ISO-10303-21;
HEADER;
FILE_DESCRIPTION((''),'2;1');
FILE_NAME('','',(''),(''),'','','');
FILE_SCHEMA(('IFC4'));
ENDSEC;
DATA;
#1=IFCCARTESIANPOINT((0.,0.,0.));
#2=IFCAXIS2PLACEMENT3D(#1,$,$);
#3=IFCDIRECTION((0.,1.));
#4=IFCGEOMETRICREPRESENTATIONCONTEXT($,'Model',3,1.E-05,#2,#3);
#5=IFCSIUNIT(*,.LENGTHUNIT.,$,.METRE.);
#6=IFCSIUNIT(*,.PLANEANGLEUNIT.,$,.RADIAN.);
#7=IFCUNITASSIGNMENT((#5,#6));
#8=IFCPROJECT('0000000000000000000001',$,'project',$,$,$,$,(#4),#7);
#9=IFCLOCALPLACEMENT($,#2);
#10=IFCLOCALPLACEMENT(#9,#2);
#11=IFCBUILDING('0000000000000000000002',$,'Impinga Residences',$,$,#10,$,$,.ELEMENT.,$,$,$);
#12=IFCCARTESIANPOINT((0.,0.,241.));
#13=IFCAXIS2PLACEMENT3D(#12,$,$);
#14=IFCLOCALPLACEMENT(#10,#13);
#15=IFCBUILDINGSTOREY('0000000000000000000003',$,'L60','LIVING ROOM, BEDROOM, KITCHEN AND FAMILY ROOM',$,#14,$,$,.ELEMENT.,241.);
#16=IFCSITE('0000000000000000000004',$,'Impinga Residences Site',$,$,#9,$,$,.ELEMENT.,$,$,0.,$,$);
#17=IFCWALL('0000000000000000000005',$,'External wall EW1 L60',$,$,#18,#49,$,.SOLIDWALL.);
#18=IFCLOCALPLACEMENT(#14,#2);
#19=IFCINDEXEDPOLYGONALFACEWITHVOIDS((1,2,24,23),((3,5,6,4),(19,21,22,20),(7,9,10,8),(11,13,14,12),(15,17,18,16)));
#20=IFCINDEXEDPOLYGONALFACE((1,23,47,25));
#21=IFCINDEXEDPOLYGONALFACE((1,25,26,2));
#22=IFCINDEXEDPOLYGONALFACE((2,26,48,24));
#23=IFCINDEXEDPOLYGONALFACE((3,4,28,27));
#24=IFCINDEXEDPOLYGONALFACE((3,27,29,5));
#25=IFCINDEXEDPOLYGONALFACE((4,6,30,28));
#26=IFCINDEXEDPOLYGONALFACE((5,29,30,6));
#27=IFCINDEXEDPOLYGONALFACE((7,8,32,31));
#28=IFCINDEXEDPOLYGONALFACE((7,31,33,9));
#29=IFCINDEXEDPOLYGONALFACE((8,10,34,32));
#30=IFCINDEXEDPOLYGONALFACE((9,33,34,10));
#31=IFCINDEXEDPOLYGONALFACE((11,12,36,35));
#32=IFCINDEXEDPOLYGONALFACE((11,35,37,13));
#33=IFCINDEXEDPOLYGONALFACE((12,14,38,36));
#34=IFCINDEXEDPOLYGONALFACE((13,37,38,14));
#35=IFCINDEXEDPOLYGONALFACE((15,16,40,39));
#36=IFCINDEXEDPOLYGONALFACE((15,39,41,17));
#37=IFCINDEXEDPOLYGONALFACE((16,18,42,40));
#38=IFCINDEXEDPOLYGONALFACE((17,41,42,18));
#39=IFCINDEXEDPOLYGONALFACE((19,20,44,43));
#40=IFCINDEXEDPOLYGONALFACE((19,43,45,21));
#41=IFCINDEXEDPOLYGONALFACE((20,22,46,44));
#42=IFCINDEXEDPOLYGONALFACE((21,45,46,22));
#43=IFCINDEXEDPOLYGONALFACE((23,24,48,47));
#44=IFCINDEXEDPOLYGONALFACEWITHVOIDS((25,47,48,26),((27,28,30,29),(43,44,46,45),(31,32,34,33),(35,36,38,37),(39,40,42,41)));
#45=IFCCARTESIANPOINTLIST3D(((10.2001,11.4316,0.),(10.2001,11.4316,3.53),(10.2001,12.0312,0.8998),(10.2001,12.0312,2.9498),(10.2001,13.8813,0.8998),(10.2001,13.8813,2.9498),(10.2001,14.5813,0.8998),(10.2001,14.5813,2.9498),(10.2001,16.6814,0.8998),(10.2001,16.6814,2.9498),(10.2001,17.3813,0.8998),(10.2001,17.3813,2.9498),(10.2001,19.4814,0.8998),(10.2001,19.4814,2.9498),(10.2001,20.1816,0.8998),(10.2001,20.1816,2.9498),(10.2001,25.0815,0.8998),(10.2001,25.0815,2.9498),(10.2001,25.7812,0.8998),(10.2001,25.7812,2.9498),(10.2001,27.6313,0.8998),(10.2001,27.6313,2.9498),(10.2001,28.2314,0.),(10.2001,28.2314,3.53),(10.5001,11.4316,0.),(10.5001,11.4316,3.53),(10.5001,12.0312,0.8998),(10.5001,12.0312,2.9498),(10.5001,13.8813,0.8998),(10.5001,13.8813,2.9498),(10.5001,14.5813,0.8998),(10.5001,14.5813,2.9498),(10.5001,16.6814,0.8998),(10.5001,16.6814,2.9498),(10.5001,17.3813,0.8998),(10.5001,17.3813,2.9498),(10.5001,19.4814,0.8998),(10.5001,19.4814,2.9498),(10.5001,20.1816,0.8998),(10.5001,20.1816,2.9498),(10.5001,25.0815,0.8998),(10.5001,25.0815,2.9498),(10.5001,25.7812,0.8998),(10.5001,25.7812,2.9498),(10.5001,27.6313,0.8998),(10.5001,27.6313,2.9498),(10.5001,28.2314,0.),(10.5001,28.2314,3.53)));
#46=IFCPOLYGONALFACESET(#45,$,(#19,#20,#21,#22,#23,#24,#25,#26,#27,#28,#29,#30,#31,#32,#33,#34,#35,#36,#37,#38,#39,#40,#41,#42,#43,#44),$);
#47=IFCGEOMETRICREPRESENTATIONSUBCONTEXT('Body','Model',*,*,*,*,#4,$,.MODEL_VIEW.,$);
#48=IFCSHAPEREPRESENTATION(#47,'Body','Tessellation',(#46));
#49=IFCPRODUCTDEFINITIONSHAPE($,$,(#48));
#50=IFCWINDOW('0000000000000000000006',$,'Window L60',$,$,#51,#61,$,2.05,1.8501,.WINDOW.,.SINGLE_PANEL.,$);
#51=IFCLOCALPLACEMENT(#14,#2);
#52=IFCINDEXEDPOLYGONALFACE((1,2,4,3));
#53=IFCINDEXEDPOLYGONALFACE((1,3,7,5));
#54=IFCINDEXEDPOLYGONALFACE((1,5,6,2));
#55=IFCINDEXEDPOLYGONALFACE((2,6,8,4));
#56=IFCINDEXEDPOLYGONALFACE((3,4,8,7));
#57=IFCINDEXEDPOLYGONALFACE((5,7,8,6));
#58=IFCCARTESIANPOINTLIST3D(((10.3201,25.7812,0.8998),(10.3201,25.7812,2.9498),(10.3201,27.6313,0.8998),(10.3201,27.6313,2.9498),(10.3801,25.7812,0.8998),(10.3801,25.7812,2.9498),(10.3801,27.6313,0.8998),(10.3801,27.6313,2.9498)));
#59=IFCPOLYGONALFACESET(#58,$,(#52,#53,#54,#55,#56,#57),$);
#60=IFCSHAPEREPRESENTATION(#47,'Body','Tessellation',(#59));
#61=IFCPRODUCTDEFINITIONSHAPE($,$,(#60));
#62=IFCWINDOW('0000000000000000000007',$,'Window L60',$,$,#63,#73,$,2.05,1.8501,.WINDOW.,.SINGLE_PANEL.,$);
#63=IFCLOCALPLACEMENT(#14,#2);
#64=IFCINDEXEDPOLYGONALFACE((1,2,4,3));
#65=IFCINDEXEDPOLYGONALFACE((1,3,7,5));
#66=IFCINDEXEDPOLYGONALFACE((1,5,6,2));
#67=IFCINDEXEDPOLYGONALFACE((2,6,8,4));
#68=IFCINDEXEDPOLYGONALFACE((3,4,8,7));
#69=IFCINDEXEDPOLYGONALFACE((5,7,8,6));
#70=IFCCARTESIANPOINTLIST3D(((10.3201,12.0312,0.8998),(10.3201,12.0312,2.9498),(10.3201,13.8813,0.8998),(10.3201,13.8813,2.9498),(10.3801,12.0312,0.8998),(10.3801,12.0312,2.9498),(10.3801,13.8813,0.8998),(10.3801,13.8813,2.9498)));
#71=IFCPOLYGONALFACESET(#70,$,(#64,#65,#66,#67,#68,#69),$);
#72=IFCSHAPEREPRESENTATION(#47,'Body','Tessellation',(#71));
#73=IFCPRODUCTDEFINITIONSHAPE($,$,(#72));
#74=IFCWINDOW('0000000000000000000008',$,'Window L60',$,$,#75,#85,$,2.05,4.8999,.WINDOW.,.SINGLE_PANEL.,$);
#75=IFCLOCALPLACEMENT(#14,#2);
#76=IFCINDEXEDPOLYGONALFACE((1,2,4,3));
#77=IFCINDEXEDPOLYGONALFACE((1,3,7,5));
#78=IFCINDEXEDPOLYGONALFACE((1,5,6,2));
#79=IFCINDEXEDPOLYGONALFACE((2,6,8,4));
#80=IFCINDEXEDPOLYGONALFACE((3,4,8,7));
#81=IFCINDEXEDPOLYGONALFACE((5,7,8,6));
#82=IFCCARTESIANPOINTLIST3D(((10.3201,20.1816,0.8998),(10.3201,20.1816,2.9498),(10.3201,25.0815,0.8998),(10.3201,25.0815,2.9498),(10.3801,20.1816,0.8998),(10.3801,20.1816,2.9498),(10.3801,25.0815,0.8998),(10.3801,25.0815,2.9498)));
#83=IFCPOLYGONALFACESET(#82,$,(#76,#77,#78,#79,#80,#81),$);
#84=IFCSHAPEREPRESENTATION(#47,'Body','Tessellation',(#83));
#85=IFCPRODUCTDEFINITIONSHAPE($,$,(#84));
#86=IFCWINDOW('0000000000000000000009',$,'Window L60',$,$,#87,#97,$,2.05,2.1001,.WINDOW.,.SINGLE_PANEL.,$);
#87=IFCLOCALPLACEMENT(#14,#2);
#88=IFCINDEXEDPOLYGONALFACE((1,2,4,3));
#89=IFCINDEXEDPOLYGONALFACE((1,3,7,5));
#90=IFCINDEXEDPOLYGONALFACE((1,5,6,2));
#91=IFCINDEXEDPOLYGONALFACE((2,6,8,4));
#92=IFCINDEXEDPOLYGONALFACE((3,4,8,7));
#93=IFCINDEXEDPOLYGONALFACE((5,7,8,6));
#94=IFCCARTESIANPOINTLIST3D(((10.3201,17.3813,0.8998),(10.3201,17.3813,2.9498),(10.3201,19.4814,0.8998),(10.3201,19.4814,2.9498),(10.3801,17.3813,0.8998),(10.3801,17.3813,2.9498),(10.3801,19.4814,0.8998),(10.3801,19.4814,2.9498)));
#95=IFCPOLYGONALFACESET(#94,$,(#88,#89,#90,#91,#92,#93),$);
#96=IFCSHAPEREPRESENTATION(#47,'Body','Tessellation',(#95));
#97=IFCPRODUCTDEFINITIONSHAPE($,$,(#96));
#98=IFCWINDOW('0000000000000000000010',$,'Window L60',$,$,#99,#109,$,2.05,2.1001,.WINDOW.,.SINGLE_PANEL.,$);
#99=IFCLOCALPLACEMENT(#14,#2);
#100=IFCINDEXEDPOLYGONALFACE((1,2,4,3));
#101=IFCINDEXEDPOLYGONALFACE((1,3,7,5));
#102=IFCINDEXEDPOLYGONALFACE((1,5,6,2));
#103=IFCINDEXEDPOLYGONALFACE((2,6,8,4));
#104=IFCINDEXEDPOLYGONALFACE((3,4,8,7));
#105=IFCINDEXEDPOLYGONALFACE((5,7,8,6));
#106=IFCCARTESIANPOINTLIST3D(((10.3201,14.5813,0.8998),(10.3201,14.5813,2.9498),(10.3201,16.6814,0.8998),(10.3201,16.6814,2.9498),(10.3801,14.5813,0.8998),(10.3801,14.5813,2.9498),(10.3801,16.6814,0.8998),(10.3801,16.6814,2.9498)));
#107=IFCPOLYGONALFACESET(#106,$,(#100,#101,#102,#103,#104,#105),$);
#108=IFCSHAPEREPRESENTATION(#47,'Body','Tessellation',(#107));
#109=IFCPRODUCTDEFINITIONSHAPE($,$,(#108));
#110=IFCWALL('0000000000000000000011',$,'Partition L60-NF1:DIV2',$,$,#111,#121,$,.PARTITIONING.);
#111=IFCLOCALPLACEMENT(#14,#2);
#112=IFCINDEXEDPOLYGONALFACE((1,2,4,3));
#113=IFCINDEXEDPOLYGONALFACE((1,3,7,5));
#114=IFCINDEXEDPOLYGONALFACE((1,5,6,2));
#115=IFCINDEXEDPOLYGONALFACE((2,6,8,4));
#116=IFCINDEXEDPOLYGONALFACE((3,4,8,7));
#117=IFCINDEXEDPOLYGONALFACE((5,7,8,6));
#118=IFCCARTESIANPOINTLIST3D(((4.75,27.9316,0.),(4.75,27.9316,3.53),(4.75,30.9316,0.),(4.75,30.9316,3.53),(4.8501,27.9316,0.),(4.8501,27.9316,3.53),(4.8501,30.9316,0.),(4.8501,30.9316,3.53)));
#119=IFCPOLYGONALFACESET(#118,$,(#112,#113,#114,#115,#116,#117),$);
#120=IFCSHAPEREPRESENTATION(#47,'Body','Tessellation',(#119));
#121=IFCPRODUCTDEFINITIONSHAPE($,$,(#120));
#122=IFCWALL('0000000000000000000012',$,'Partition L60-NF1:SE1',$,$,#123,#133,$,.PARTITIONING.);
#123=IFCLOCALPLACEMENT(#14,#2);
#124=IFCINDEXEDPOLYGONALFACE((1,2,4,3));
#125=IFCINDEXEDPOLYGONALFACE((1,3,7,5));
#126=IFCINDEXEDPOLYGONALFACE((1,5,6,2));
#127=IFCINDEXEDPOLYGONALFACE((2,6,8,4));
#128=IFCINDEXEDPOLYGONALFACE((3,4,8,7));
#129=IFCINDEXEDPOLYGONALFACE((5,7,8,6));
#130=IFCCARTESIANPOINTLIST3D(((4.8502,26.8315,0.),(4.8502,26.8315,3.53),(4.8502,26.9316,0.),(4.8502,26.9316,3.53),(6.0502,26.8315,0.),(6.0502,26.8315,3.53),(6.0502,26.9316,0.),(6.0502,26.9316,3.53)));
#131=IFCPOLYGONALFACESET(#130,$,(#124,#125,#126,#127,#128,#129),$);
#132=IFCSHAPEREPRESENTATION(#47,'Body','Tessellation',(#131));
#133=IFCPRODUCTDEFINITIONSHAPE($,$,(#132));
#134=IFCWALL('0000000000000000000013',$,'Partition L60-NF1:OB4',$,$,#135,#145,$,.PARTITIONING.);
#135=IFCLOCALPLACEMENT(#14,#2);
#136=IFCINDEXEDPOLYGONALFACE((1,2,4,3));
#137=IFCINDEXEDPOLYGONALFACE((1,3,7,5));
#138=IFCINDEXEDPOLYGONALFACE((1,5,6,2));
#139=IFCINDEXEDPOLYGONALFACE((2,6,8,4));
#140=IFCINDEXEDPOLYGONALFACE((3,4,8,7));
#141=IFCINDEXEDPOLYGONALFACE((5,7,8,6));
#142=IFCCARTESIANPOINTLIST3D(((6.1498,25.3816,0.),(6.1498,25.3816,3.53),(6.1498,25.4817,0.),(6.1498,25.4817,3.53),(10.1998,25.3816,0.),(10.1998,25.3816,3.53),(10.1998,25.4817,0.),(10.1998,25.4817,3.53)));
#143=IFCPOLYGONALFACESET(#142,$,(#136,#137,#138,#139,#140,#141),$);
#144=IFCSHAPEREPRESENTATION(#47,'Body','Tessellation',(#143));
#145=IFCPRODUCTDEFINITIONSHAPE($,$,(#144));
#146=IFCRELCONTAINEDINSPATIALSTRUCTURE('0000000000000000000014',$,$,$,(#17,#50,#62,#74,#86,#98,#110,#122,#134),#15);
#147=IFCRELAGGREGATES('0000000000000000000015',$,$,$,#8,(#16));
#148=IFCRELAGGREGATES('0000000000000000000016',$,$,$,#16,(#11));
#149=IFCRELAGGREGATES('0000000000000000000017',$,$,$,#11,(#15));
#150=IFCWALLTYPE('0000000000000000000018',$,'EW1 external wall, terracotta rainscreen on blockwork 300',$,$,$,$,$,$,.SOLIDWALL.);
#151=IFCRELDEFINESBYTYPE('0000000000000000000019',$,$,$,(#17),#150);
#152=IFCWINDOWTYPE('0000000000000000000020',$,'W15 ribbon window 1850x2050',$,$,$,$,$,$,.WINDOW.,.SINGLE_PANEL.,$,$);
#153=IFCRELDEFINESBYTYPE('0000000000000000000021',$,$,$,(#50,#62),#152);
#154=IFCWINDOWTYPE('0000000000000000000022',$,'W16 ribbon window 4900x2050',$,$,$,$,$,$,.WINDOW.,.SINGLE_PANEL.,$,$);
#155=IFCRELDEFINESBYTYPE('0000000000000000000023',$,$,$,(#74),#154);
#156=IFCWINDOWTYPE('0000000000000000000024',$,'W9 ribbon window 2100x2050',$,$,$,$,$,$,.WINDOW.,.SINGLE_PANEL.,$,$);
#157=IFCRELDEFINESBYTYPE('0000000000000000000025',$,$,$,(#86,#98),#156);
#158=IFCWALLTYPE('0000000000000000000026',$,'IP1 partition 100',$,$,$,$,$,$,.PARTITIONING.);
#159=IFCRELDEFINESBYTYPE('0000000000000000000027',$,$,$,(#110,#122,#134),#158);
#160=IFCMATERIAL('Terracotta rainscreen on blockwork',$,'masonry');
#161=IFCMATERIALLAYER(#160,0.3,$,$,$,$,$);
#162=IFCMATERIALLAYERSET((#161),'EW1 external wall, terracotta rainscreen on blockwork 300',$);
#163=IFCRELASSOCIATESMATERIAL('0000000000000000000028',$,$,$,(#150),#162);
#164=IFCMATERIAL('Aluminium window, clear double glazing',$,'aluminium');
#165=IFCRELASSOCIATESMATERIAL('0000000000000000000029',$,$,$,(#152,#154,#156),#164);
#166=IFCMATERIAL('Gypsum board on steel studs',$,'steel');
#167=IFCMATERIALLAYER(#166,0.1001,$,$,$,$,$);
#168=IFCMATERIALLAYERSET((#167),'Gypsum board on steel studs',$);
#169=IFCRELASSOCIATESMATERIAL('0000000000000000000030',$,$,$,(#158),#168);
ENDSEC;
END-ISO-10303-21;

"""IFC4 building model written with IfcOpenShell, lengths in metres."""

from ifc_helpers import new_model, si_unit, direction, frame, frame_2d, origin, place, context, subcontext, project, spatial, rectangle, extrude, material, layer, layer_set, type_object, element, fill, save


model = new_model("IFC4")

# Units and contexts
model_context = context("Model", 3, precision=1e-05, world=origin(), true_north=direction((0.0, 1.0)))
body_context = subcontext(model_context, "Body", "Model", "MODEL_VIEW")
ifc_project = project(units=[si_unit("LENGTHUNIT", "METRE"), si_unit("PLANEANGLEUNIT", "RADIAN")], contexts=[model_context])

# Site, building, storey
site_placement = place(None, origin())
site = spatial("IfcSite", under=ifc_project, at=site_placement, Name="Impinga Residences Site", CompositionType="ELEMENT", RefElevation=0.0)
building_placement = place(site_placement, origin())
building = spatial("IfcBuilding", under=site, at=building_placement, Name="Impinga Residences", CompositionType="ELEMENT")
storey_placement = place(building_placement, frame((0.0, 0.0, 241.0)))
storey = spatial("IfcBuildingStorey", under=building, at=storey_placement, Name="L60", Description="LIVING ROOM, BEDROOM, KITCHEN AND FAMILY ROOM", CompositionType="ELEMENT", Elevation=241.0)

# Shared definitions
ifc_material_1 = material(Name="Terracotta rainscreen on blockwork", Category="masonry")
ifc_layer_1 = layer(ifc_material_1, 0.3)
ifc_layer_set_1 = layer_set([ifc_layer_1], Name="EW1 external wall, terracotta rainscreen on blockwork 300")
wall_type_1 = type_object("IfcWallType", Name="EW1 external wall, terracotta rainscreen on blockwork 300", PredefinedType="SOLIDWALL", material=ifc_layer_set_1)

# Wall, openings, windows
wall_1_placement = place(storey_placement, frame((10.3501, 28.2314, 0.0), z_axis=(0.0, 0.0, 1.0), x_axis=(0.0, -1.0, 0.0)))
wall_1 = element("IfcWall", 1, at=wall_1_placement, inside=storey, type_object=wall_type_1, Name="External wall EW1 L60", PredefinedType="SOLIDWALL", context=body_context, shape_type="SweptSolid", body=[
    extrude(rectangle(XDim=16.7998, YDim=0.3, at=frame_2d((8.3999, 0.0))), origin(), (0.0, 0.0, 1.0), 3.53),
])
opening_1_placement = place(wall_1_placement, frame((0.6001, 0.0, 0.8999)))
opening_1 = element("IfcOpeningElement", 2, at=opening_1_placement, cuts=wall_1, PredefinedType="OPENING", context=body_context, shape_type="SweptSolid", body=[
    extrude(rectangle(XDim=1.8501, YDim=2.05, at=frame_2d((0.925, 1.0249))), frame((0.0, 0.1599, 0.0), z_axis=(0.0, -1.0, 0.0), x_axis=(1.0, 0.0, 0.0)), (0.0, 0.0, 1.0), 0.3201),
])
opening_2_placement = place(wall_1_placement, frame((3.1499, 0.0, 0.8999)))
opening_2 = element("IfcOpeningElement", 3, at=opening_2_placement, cuts=wall_1, PredefinedType="OPENING", context=body_context, shape_type="SweptSolid", body=[
    extrude(rectangle(XDim=4.8999, YDim=2.05, at=frame_2d((2.45, 1.0249))), frame((0.0, 0.1599, 0.0), z_axis=(0.0, -1.0, 0.0), x_axis=(1.0, 0.0, 0.0)), (0.0, 0.0, 1.0), 0.3201),
])
opening_3_placement = place(wall_1_placement, frame((8.75, 0.0, 0.8999)))
opening_3 = element("IfcOpeningElement", 4, at=opening_3_placement, cuts=wall_1, PredefinedType="OPENING", context=body_context, shape_type="SweptSolid", body=[
    extrude(rectangle(XDim=2.1001, YDim=2.05, at=frame_2d((1.05, 1.0249))), frame((0.0, 0.1599, 0.0), z_axis=(0.0, -1.0, 0.0), x_axis=(1.0, 0.0, 0.0)), (0.0, 0.0, 1.0), 0.3201),
])
opening_4_placement = place(wall_1_placement, frame((11.55, 0.0, 0.8999)))
opening_4 = element("IfcOpeningElement", 5, at=opening_4_placement, cuts=wall_1, PredefinedType="OPENING", context=body_context, shape_type="SweptSolid", body=[
    extrude(rectangle(XDim=2.1001, YDim=2.05, at=frame_2d((1.05, 1.0249))), frame((0.0, 0.1599, 0.0), z_axis=(0.0, -1.0, 0.0), x_axis=(1.0, 0.0, 0.0)), (0.0, 0.0, 1.0), 0.3201),
])
opening_5_placement = place(wall_1_placement, frame((14.3501, 0.0, 0.8999)))
opening_5 = element("IfcOpeningElement", 6, at=opening_5_placement, cuts=wall_1, PredefinedType="OPENING", context=body_context, shape_type="SweptSolid", body=[
    extrude(rectangle(XDim=1.8501, YDim=2.05, at=frame_2d((0.925, 1.0249))), frame((0.0, 0.1599, 0.0), z_axis=(0.0, -1.0, 0.0), x_axis=(1.0, 0.0, 0.0)), (0.0, 0.0, 1.0), 0.3201),
])
ifc_material_2 = material(Name="Aluminium window, clear double glazing", Category="aluminium")
window_type_1 = type_object("IfcWindowType", Name="W15 ribbon window 1850x2050", PartitioningType="SINGLE_PANEL", PredefinedType="WINDOW", material=ifc_material_2)
window_1_placement = place(opening_1_placement, origin())
window_1 = element("IfcWindow", 7, at=window_1_placement, inside=storey, type_object=window_type_1, Name="Window L60", OverallHeight=2.05, OverallWidth=1.8501, PartitioningType="SINGLE_PANEL", PredefinedType="WINDOW", context=body_context, shape_type="SweptSolid", body=[
    extrude(rectangle(XDim=1.8501, YDim=2.05, at=frame_2d((0.925, 1.0249))), frame((0.0, 0.03, 0.0), z_axis=(0.0, -1.0, 0.0), x_axis=(1.0, 0.0, 0.0)), (0.0, 0.0, 1.0), 0.0601),
])
fill(opening_1, window_1)
window_2_placement = place(opening_5_placement, origin())
window_2 = element("IfcWindow", 8, at=window_2_placement, inside=storey, type_object=window_type_1, Name="Window L60", OverallHeight=2.05, OverallWidth=1.8501, PartitioningType="SINGLE_PANEL", PredefinedType="WINDOW", context=body_context, shape_type="SweptSolid", body=[
    extrude(rectangle(XDim=1.8501, YDim=2.05, at=frame_2d((0.925, 1.0249))), frame((0.0, 0.03, 0.0), z_axis=(0.0, -1.0, 0.0), x_axis=(1.0, 0.0, 0.0)), (0.0, 0.0, 1.0), 0.0601),
])
fill(opening_5, window_2)
window_type_2 = type_object("IfcWindowType", Name="W16 ribbon window 4900x2050", PartitioningType="SINGLE_PANEL", PredefinedType="WINDOW", material=ifc_material_2)
window_3_placement = place(opening_2_placement, origin())
window_3 = element("IfcWindow", 9, at=window_3_placement, inside=storey, type_object=window_type_2, Name="Window L60", OverallHeight=2.05, OverallWidth=4.8999, PartitioningType="SINGLE_PANEL", PredefinedType="WINDOW", context=body_context, shape_type="SweptSolid", body=[
    extrude(rectangle(XDim=4.8999, YDim=2.05, at=frame_2d((2.45, 1.0249))), frame((0.0, 0.03, 0.0), z_axis=(0.0, -1.0, 0.0), x_axis=(1.0, 0.0, 0.0)), (0.0, 0.0, 1.0), 0.0601),
])
fill(opening_2, window_3)
window_type_3 = type_object("IfcWindowType", Name="W9 ribbon window 2100x2050", PartitioningType="SINGLE_PANEL", PredefinedType="WINDOW", material=ifc_material_2)
window_4_placement = place(opening_3_placement, origin())
window_4 = element("IfcWindow", 10, at=window_4_placement, inside=storey, type_object=window_type_3, Name="Window L60", OverallHeight=2.05, OverallWidth=2.1001, PartitioningType="SINGLE_PANEL", PredefinedType="WINDOW", context=body_context, shape_type="SweptSolid", body=[
    extrude(rectangle(XDim=2.1001, YDim=2.05, at=frame_2d((1.05, 1.0249))), frame((0.0, 0.03, 0.0), z_axis=(0.0, -1.0, 0.0), x_axis=(1.0, 0.0, 0.0)), (0.0, 0.0, 1.0), 0.0601),
])
fill(opening_3, window_4)
window_5_placement = place(opening_4_placement, origin())
window_5 = element("IfcWindow", 11, at=window_5_placement, inside=storey, type_object=window_type_3, Name="Window L60", OverallHeight=2.05, OverallWidth=2.1001, PartitioningType="SINGLE_PANEL", PredefinedType="WINDOW", context=body_context, shape_type="SweptSolid", body=[
    extrude(rectangle(XDim=2.1001, YDim=2.05, at=frame_2d((1.05, 1.0249))), frame((0.0, 0.03, 0.0), z_axis=(0.0, -1.0, 0.0), x_axis=(1.0, 0.0, 0.0)), (0.0, 0.0, 1.0), 0.0601),
])
fill(opening_4, window_5)

# Walls
ifc_material_3 = material(Name="Gypsum board on steel studs", Category="steel")
ifc_layer_2 = layer(ifc_material_3, 0.1001)
ifc_layer_set_2 = layer_set([ifc_layer_2], Name="Gypsum board on steel studs")
wall_type_2 = type_object("IfcWallType", Name="IP1 partition 100", PredefinedType="PARTITIONING", material=ifc_layer_set_2)
wall_2_placement = place(storey_placement, frame((4.8, 27.9316, 0.0), z_axis=(0.0, 0.0, 1.0), x_axis=(0.0, 1.0, 0.0)))
element("IfcWall", 12, at=wall_2_placement, inside=storey, type_object=wall_type_2, Name="Partition L60-NF1:DIV2", PredefinedType="PARTITIONING", context=body_context, shape_type="SweptSolid", body=[
    extrude(rectangle(XDim=3.0, YDim=0.1001, at=frame_2d((1.5, 0.0))), origin(), (0.0, 0.0, 1.0), 3.53),
])
wall_3_placement = place(storey_placement, frame((4.8501, 26.8816, 0.0), z_axis=(0.0, 0.0, 1.0), x_axis=(1.0, 0.0, 0.0)))
element("IfcWall", 13, at=wall_3_placement, inside=storey, type_object=wall_type_2, Name="Partition L60-NF1:SE1", PredefinedType="PARTITIONING", context=body_context, shape_type="SweptSolid", body=[
    extrude(rectangle(XDim=1.2, YDim=0.1001, at=frame_2d((0.6001, 0.0))), origin(), (0.0, 0.0, 1.0), 3.53),
])
wall_4_placement = place(storey_placement, frame((6.1499, 25.4316, 0.0), z_axis=(0.0, 0.0, 1.0), x_axis=(1.0, 0.0, 0.0)))
element("IfcWall", 14, at=wall_4_placement, inside=storey, type_object=wall_type_2, Name="Partition L60-NF1:OB4", PredefinedType="PARTITIONING", context=body_context, shape_type="SweptSolid", body=[
    extrude(rectangle(XDim=4.05, YDim=0.1001, at=frame_2d((2.0249, 0.0))), origin(), (0.0, 0.0, 1.0), 3.53),
])

save(model, "model.ifc")
